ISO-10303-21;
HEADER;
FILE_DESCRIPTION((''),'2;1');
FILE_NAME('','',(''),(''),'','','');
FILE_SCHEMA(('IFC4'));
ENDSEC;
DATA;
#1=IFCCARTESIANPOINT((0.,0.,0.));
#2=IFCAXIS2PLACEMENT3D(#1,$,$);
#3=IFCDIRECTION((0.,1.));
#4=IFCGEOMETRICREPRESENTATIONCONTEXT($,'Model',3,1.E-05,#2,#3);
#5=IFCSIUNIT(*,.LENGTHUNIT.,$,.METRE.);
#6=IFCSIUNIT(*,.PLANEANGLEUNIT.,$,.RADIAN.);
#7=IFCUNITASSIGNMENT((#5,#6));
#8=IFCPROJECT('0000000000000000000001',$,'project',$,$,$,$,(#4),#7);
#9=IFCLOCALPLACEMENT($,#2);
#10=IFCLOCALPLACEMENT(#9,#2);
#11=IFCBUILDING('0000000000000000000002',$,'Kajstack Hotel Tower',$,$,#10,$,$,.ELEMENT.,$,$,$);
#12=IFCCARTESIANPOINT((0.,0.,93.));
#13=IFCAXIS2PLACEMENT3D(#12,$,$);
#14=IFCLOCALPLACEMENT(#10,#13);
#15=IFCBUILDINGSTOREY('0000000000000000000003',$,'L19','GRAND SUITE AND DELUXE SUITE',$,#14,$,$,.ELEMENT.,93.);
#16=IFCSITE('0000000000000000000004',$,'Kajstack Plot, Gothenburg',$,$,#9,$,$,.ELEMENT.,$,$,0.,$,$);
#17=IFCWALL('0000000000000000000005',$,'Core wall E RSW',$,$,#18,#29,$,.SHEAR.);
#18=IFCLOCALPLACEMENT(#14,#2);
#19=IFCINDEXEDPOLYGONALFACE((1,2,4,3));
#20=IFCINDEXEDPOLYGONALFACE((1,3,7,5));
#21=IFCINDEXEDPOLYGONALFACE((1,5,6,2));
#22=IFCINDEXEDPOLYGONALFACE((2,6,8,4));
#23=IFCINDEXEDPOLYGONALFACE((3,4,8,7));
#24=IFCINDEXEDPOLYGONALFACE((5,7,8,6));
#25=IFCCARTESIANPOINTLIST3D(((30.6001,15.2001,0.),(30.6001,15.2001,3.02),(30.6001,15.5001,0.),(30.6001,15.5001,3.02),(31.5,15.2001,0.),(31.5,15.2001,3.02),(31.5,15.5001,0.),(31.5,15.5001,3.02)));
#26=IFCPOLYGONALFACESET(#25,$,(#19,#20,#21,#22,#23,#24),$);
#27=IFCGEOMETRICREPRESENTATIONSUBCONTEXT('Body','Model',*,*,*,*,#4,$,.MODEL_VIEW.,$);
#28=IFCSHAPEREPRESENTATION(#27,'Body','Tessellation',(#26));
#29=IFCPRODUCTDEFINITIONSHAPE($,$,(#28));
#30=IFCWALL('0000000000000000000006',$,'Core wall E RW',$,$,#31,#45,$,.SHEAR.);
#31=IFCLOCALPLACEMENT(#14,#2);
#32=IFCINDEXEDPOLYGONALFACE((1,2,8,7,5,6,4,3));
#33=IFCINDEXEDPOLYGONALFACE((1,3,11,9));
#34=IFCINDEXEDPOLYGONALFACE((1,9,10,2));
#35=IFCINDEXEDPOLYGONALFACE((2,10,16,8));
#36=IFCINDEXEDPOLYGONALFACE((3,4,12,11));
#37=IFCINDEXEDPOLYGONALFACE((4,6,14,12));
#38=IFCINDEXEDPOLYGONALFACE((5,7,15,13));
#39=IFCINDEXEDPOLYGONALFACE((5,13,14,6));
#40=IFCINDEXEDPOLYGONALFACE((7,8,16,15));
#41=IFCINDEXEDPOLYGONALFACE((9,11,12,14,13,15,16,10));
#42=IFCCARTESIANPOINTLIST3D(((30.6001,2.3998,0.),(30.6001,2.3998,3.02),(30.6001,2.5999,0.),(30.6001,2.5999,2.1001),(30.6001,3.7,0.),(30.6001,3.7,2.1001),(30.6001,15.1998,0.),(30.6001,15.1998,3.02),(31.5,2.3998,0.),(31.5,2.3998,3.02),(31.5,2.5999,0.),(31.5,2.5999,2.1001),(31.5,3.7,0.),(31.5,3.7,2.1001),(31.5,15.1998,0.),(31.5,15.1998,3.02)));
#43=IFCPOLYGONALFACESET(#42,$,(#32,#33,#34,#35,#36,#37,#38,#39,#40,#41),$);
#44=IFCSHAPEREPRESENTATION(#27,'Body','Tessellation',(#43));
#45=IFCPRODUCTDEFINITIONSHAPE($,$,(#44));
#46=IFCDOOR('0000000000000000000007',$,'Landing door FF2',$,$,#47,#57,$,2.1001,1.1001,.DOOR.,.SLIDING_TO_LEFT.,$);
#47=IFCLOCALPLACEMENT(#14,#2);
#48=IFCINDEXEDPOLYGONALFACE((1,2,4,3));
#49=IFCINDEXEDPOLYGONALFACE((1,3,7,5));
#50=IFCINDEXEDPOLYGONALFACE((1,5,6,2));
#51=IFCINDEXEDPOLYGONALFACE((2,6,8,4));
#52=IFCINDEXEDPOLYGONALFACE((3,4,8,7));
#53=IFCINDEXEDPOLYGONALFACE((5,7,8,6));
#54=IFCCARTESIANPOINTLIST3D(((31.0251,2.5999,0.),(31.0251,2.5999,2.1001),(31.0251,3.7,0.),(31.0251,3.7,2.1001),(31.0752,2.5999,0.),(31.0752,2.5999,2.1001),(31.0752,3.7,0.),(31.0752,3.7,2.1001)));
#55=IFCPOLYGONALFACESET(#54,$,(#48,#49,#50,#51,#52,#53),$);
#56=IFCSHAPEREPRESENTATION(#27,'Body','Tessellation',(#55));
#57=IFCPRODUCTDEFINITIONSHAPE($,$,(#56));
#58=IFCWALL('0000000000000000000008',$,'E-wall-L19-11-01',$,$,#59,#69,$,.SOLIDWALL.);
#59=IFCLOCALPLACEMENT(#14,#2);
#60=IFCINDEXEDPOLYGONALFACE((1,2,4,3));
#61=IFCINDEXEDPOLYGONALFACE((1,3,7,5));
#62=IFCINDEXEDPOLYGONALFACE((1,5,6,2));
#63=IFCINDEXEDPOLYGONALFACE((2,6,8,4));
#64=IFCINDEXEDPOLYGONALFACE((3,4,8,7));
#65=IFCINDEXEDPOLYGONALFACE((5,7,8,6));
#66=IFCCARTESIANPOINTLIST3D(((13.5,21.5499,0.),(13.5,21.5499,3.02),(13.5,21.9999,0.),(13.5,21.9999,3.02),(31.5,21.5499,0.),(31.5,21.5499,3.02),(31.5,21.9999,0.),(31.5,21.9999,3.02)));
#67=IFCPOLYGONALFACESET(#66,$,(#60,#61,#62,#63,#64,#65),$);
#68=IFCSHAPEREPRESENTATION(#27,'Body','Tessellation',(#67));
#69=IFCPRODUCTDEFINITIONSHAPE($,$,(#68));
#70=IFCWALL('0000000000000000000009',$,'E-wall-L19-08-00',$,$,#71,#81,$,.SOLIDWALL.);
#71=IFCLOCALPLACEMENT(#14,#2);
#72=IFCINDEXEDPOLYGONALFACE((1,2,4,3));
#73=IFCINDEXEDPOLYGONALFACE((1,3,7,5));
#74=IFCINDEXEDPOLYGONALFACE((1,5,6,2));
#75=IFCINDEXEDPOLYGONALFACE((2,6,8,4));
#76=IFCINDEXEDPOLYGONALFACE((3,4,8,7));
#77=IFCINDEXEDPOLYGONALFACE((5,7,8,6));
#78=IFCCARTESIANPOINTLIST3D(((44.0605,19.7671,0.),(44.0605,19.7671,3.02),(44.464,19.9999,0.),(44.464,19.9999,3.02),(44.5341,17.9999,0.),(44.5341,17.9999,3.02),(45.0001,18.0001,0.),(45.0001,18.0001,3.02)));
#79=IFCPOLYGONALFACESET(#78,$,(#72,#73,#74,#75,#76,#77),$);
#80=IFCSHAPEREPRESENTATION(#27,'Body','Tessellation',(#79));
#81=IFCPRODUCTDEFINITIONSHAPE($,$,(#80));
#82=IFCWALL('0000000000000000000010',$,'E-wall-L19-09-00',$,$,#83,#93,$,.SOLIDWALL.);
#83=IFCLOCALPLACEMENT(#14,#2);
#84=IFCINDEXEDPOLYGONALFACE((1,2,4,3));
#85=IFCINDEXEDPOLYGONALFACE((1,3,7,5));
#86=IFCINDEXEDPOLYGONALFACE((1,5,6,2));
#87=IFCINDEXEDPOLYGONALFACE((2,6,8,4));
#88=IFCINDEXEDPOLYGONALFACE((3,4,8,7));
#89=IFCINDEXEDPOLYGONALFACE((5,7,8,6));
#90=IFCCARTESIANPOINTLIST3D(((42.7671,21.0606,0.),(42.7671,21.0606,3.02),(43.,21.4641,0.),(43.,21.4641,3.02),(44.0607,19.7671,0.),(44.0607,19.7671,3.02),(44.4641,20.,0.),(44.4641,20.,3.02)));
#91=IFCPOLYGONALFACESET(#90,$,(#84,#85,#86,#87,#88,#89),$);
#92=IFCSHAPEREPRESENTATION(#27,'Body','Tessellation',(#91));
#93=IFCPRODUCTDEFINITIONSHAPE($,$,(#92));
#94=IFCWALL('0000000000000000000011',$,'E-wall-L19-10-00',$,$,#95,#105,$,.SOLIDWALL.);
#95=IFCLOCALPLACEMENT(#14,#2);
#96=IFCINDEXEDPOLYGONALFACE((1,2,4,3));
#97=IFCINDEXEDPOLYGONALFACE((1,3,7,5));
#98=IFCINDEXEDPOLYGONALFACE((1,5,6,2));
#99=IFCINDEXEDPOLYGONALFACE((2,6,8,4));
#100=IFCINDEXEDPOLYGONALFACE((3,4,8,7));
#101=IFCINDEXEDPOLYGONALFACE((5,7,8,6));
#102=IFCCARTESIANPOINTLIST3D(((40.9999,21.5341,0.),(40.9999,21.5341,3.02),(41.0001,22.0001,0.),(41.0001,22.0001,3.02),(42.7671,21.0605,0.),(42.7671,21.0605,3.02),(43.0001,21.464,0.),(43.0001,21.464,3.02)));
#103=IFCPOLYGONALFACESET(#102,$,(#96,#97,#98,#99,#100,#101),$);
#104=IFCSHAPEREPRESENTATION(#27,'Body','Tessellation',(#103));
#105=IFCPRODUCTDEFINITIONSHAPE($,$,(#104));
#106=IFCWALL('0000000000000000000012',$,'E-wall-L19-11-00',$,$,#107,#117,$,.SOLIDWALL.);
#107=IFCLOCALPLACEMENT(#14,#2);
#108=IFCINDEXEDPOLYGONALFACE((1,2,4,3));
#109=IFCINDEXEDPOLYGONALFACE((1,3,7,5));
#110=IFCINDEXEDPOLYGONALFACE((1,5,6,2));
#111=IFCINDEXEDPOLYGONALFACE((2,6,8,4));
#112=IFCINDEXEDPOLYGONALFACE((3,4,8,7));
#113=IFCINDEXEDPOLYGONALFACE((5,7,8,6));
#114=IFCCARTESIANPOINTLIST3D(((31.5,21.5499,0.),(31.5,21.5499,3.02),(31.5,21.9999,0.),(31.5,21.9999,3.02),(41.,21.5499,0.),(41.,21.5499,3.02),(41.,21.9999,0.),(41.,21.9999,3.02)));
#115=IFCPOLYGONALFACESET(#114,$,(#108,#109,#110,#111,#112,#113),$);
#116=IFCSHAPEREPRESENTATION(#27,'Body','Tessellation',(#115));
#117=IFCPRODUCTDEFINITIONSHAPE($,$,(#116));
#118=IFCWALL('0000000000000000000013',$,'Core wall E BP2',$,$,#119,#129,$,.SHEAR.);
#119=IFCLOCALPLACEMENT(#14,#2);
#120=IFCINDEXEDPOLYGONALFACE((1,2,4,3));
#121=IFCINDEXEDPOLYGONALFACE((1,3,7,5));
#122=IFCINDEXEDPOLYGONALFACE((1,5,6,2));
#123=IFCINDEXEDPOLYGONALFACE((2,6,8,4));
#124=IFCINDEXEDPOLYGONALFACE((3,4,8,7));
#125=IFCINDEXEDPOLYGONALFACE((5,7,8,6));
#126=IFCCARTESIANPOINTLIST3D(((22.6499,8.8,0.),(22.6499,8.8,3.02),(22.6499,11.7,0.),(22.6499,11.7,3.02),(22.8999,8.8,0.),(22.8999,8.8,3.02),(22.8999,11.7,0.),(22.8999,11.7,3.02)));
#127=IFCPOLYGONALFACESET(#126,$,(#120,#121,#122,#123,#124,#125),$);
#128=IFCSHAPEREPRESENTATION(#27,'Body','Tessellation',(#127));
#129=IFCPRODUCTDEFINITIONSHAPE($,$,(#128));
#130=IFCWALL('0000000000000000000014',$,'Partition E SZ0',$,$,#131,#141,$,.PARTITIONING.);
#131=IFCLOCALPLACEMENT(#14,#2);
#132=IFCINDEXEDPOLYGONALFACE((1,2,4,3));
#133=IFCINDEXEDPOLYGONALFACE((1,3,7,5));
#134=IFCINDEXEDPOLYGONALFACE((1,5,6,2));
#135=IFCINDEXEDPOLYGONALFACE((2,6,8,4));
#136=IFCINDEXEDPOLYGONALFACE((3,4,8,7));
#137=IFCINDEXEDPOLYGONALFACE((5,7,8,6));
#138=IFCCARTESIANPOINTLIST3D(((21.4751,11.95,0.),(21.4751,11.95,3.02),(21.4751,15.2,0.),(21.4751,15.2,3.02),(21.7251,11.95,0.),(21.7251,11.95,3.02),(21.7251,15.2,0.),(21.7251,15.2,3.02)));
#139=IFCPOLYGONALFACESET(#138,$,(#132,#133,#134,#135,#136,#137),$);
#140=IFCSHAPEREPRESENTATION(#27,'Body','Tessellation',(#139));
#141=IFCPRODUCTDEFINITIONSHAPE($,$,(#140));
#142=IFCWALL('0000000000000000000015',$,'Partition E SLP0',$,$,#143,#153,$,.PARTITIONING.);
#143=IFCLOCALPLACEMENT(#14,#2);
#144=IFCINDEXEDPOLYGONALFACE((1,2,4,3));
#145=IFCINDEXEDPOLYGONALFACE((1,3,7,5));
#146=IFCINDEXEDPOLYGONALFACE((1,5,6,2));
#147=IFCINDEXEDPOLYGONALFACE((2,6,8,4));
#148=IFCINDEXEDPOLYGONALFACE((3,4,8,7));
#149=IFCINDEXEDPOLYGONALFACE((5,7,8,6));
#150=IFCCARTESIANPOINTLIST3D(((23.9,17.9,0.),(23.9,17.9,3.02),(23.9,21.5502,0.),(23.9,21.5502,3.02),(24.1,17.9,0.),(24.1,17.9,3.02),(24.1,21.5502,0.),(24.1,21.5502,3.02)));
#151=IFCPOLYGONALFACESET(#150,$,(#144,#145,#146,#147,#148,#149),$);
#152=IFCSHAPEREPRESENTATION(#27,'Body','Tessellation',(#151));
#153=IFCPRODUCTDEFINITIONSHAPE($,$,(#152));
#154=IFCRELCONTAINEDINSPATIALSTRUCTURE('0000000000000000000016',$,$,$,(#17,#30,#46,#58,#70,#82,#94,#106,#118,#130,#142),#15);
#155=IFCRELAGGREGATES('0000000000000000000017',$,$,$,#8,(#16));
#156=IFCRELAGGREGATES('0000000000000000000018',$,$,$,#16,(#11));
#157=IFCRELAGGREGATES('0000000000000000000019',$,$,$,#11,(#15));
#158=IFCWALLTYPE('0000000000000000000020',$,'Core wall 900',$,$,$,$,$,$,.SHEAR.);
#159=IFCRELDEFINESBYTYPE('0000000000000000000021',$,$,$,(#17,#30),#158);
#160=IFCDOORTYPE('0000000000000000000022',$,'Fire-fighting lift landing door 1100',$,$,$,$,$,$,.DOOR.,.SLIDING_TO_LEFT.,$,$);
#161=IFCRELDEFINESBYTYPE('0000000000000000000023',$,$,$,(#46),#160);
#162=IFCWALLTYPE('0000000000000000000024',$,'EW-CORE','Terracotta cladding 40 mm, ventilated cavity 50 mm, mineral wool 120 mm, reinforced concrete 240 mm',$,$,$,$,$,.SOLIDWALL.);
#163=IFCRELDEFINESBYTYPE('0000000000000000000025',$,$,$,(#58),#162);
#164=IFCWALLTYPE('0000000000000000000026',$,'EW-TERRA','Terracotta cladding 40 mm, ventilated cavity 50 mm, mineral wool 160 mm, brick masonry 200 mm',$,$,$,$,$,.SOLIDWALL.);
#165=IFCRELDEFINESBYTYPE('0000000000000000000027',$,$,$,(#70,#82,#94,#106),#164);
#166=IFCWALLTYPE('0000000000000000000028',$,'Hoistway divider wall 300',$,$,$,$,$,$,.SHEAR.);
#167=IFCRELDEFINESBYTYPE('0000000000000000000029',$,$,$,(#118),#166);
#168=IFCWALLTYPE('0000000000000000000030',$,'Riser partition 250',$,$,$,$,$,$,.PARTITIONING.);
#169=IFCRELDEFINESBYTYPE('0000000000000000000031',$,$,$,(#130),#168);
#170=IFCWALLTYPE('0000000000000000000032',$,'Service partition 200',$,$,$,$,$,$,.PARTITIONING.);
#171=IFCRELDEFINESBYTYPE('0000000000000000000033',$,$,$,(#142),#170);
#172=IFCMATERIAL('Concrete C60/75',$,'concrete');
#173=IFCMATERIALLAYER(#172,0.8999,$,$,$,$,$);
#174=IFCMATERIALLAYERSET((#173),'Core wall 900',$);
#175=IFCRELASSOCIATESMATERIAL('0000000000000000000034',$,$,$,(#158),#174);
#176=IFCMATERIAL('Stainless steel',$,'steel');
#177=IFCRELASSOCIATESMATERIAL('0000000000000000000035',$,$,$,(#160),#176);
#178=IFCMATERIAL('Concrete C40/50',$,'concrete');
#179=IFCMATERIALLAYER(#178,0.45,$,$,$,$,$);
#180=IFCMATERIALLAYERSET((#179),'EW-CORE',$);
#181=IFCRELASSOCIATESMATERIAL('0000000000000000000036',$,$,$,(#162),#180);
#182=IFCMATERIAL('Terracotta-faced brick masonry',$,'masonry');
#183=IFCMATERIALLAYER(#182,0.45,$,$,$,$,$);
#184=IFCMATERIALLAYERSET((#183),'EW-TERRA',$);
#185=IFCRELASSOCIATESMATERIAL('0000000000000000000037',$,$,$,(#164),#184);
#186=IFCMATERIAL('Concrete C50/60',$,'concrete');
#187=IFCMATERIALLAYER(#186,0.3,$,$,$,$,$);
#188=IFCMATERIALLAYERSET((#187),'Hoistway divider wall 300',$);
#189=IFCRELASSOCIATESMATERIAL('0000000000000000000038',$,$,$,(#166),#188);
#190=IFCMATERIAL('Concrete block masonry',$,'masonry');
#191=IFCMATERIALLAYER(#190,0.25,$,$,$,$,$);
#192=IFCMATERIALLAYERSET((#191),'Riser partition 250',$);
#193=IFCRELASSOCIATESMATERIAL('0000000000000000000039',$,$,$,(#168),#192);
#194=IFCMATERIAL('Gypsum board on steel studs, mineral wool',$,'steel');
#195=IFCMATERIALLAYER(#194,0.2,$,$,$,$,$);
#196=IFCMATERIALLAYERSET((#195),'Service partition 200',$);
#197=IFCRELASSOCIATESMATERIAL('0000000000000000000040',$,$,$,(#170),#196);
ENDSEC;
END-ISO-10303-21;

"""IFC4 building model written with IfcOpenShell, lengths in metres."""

from ifc_helpers import new_model, si_unit, direction, frame, frame_2d, origin, place, context, subcontext, project, spatial, polyline, rectangle, outline, extrude, material, layer, layer_set, type_object, element, fill, save


model = new_model("IFC4")

# Units and contexts
model_context = context("Model", 3, precision=1e-05, world=origin(), true_north=direction((0.0, 1.0)))
body_context = subcontext(model_context, "Body", "Model", "MODEL_VIEW")
ifc_project = project(units=[si_unit("LENGTHUNIT", "METRE"), si_unit("PLANEANGLEUNIT", "RADIAN")], contexts=[model_context])

# Site, building, storey
site_placement = place(None, origin())
site = spatial("IfcSite", under=ifc_project, at=site_placement, Name="Kajstack Plot, Gothenburg", CompositionType="ELEMENT", RefElevation=0.0)
building_placement = place(site_placement, origin())
building = spatial("IfcBuilding", under=site, at=building_placement, Name="Kajstack Hotel Tower", CompositionType="ELEMENT")
storey_placement = place(building_placement, frame((0.0, 0.0, 93.0)))
storey = spatial("IfcBuildingStorey", under=building, at=storey_placement, Name="L19", Description="GRAND SUITE AND DELUXE SUITE", CompositionType="ELEMENT", Elevation=93.0)

# Wall
ifc_material_1 = material(Name="Concrete C60/75", Category="concrete")
ifc_layer_1 = layer(ifc_material_1, 0.8999)
ifc_layer_set_1 = layer_set([ifc_layer_1], Name="Core wall 900")
wall_type_1 = type_object("IfcWallType", Name="Core wall 900", PredefinedType="SHEAR", material=ifc_layer_set_1)
wall_1_placement = place(storey_placement, frame((30.6001, 15.3501, 0.0), z_axis=(0.0, 0.0, 1.0), x_axis=(1.0, 0.0, 0.0)))
element("IfcWall", 1, at=wall_1_placement, inside=storey, type_object=wall_type_1, Name="Core wall E RSW", PredefinedType="SHEAR", context=body_context, shape_type="SweptSolid", body=[
    extrude(rectangle(XDim=0.8999, YDim=0.3, at=frame_2d((0.45, 0.0))), origin(), (0.0, 0.0, 1.0), 3.02),
])

# Wall, opening, door
wall_2_placement = place(storey_placement, frame((31.05, 2.3999, 0.0), z_axis=(0.0, 0.0, 1.0), x_axis=(0.0, 1.0, 0.0)))
wall_2 = element("IfcWall", 2, at=wall_2_placement, inside=storey, type_object=wall_type_1, Name="Core wall E RW", PredefinedType="SHEAR", context=body_context, shape_type="SweptSolid", body=[
    extrude(rectangle(XDim=12.8, YDim=0.8999, at=frame_2d((6.3999, 0.0))), origin(), (0.0, 0.0, 1.0), 3.02),
])
opening_1_placement = place(wall_2_placement, frame((0.2, 0.0, 0.0)))
opening_1 = element("IfcOpeningElement", 3, at=opening_1_placement, cuts=wall_2, PredefinedType="OPENING", context=body_context, shape_type="SweptSolid", body=[
    extrude(rectangle(XDim=1.1001, YDim=2.1001, at=frame_2d((0.55, 1.05))), frame((0.0, 0.46, 0.0), z_axis=(0.0, -1.0, 0.0), x_axis=(1.0, 0.0, 0.0)), (0.0, 0.0, 1.0), 0.9199),
])
ifc_material_2 = material(Name="Stainless steel", Category="steel")
door_type_1 = type_object("IfcDoorType", Name="Fire-fighting lift landing door 1100", OperationType="SLIDING_TO_LEFT", PredefinedType="DOOR", material=ifc_material_2)
door_1_placement = place(opening_1_placement, origin())
door_1 = element("IfcDoor", 4, at=door_1_placement, inside=storey, type_object=door_type_1, Name="Landing door FF2", OperationType="SLIDING_TO_LEFT", OverallHeight=2.1001, OverallWidth=1.1001, PredefinedType="DOOR", context=body_context, shape_type="SweptSolid", body=[
    extrude(rectangle(XDim=1.1001, YDim=2.1001, at=frame_2d((0.55, 1.05))), frame((0.0, 0.0249, 0.0), z_axis=(0.0, -1.0, 0.0), x_axis=(1.0, 0.0, 0.0)), (0.0, 0.0, 1.0), 0.05),
])
fill(opening_1, door_1)

# Walls
ifc_material_3 = material(Name="Concrete C40/50", Category="concrete")
ifc_layer_2 = layer(ifc_material_3, 0.45)
ifc_layer_set_2 = layer_set([ifc_layer_2], Name="EW-CORE")
wall_type_2 = type_object("IfcWallType", Name="EW-CORE", Description="Terracotta cladding 40 mm, ventilated cavity 50 mm, mineral wool 120 mm, reinforced concrete 240 mm", PredefinedType="SOLIDWALL", material=ifc_layer_set_2)
wall_3_placement = place(storey_placement, frame((31.5, 21.7749, 0.0), z_axis=(0.0, 0.0, 1.0), x_axis=(-1.0, 0.0, 0.0)))
element("IfcWall", 5, at=wall_3_placement, inside=storey, type_object=wall_type_2, Name="E-wall-L19-11-01", PredefinedType="SOLIDWALL", context=body_context, shape_type="SweptSolid", body=[
    extrude(rectangle(XDim=18.0, YDim=0.45, at=frame_2d((9.0, 0.0))), origin(), (0.0, 0.0, 1.0), 3.02),
])
ifc_material_4 = material(Name="Terracotta-faced brick masonry", Category="masonry")
ifc_layer_3 = layer(ifc_material_4, 0.45)
ifc_layer_set_3 = layer_set([ifc_layer_3], Name="EW-TERRA")
wall_type_3 = type_object("IfcWallType", Name="EW-TERRA", Description="Terracotta cladding 40 mm, ventilated cavity 50 mm, mineral wool 160 mm, brick masonry 200 mm", PredefinedType="SOLIDWALL", material=ifc_layer_set_3)
wall_4_placement = place(storey_placement, frame((44.7827, 17.9417, 0.0), z_axis=(0.0, 0.0, 1.0), x_axis=(-0.258815, 0.965927, 0.0)))
element("IfcWall", 6, at=wall_4_placement, inside=storey, type_object=wall_type_3, Name="E-wall-L19-08-00", PredefinedType="SOLIDWALL", context=body_context, shape_type="SweptSolid", body=[
    extrude(outline(polyline([(0.0002, -0.2251), (2.0706, -0.2249), (1.9502, 0.2251), (0.1206, 0.2251), (0.0002, -0.2251)])), origin(), (0.0, 0.0, 1.0), 3.02),
])
wall_5_placement = place(storey_placement, frame((44.3049, 19.8408, 0.0), z_axis=(0.0, 0.0, 1.0), x_axis=(-0.707107, 0.707107, 0.0)))
element("IfcWall", 7, at=wall_5_placement, inside=storey, type_object=wall_type_3, Name="E-wall-L19-09-00", PredefinedType="SOLIDWALL", context=body_context, shape_type="SweptSolid", body=[
    extrude(outline(polyline([(0.0, -0.2251), (2.0706, -0.2251), (1.95, 0.2249), (0.1206, 0.2249), (0.0, -0.2251)])), origin(), (0.0, 0.0, 1.0), 3.02),
])
wall_6_placement = place(storey_placement, frame((42.9417, 21.2468, 0.0), z_axis=(0.0, 0.0, 1.0), x_axis=(-0.965927, 0.258815, 0.0)))
element("IfcWall", 8, at=wall_6_placement, inside=storey, type_object=wall_type_3, Name="E-wall-L19-10-00", PredefinedType="SOLIDWALL", context=body_context, shape_type="SweptSolid", body=[
    extrude(outline(polyline([(-0.0002, -0.2249), (2.0703, -0.2251), (1.95, 0.2251), (0.1204, 0.2251), (-0.0002, -0.2249)])), origin(), (0.0, 0.0, 1.0), 3.02),
])
wall_7_placement = place(storey_placement, frame((41.0, 21.7749, 0.0), z_axis=(0.0, 0.0, 1.0), x_axis=(-1.0, 0.0, 0.0)))
element("IfcWall", 9, at=wall_7_placement, inside=storey, type_object=wall_type_3, Name="E-wall-L19-11-00", PredefinedType="SOLIDWALL", context=body_context, shape_type="SweptSolid", body=[
    extrude(rectangle(XDim=9.5, YDim=0.45, at=frame_2d((4.75, 0.0))), origin(), (0.0, 0.0, 1.0), 3.02),
])
ifc_material_5 = material(Name="Concrete C50/60", Category="concrete")
ifc_layer_4 = layer(ifc_material_5, 0.3)
ifc_layer_set_4 = layer_set([ifc_layer_4], Name="Hoistway divider wall 300")
wall_type_4 = type_object("IfcWallType", Name="Hoistway divider wall 300", PredefinedType="SHEAR", material=ifc_layer_set_4)
wall_8_placement = place(storey_placement, frame((22.7749, 8.8, 0.0), z_axis=(0.0, 0.0, 1.0), x_axis=(0.0, 1.0, 0.0)))
element("IfcWall", 10, at=wall_8_placement, inside=storey, type_object=wall_type_4, Name="Core wall E BP2", PredefinedType="SHEAR", context=body_context, shape_type="SweptSolid", body=[
    extrude(rectangle(XDim=2.8999, YDim=0.25, at=frame_2d((1.45, 0.0))), origin(), (0.0, 0.0, 1.0), 3.02),
])
ifc_material_6 = material(Name="Concrete block masonry", Category="masonry")
ifc_layer_5 = layer(ifc_material_6, 0.25)
ifc_layer_set_5 = layer_set([ifc_layer_5], Name="Riser partition 250")
wall_type_5 = type_object("IfcWallType", Name="Riser partition 250", PredefinedType="PARTITIONING", material=ifc_layer_set_5)
wall_9_placement = place(storey_placement, frame((21.6001, 11.95, 0.0), z_axis=(0.0, 0.0, 1.0), x_axis=(0.0, 1.0, 0.0)))
element("IfcWall", 11, at=wall_9_placement, inside=storey, type_object=wall_type_5, Name="Partition E SZ0", PredefinedType="PARTITIONING", context=body_context, shape_type="SweptSolid", body=[
    extrude(rectangle(XDim=3.25, YDim=0.25, at=frame_2d((1.625, 0.0))), origin(), (0.0, 0.0, 1.0), 3.02),
])
ifc_material_7 = material(Name="Gypsum board on steel studs, mineral wool", Category="steel")
ifc_layer_6 = layer(ifc_material_7, 0.2)
ifc_layer_set_6 = layer_set([ifc_layer_6], Name="Service partition 200")
wall_type_6 = type_object("IfcWallType", Name="Service partition 200", PredefinedType="PARTITIONING", material=ifc_layer_set_6)
wall_10_placement = place(storey_placement, frame((24.0, 17.8999, 0.0), z_axis=(0.0, 0.0, 1.0), x_axis=(0.0, 1.0, 0.0)))
element("IfcWall", 12, at=wall_10_placement, inside=storey, type_object=wall_type_6, Name="Partition E SLP0", PredefinedType="PARTITIONING", context=body_context, shape_type="SweptSolid", body=[
    extrude(rectangle(XDim=3.6501, YDim=0.2, at=frame_2d((1.8252, 0.0))), origin(), (0.0, 0.0, 1.0), 3.02),
])

save(model, "model.ifc")
